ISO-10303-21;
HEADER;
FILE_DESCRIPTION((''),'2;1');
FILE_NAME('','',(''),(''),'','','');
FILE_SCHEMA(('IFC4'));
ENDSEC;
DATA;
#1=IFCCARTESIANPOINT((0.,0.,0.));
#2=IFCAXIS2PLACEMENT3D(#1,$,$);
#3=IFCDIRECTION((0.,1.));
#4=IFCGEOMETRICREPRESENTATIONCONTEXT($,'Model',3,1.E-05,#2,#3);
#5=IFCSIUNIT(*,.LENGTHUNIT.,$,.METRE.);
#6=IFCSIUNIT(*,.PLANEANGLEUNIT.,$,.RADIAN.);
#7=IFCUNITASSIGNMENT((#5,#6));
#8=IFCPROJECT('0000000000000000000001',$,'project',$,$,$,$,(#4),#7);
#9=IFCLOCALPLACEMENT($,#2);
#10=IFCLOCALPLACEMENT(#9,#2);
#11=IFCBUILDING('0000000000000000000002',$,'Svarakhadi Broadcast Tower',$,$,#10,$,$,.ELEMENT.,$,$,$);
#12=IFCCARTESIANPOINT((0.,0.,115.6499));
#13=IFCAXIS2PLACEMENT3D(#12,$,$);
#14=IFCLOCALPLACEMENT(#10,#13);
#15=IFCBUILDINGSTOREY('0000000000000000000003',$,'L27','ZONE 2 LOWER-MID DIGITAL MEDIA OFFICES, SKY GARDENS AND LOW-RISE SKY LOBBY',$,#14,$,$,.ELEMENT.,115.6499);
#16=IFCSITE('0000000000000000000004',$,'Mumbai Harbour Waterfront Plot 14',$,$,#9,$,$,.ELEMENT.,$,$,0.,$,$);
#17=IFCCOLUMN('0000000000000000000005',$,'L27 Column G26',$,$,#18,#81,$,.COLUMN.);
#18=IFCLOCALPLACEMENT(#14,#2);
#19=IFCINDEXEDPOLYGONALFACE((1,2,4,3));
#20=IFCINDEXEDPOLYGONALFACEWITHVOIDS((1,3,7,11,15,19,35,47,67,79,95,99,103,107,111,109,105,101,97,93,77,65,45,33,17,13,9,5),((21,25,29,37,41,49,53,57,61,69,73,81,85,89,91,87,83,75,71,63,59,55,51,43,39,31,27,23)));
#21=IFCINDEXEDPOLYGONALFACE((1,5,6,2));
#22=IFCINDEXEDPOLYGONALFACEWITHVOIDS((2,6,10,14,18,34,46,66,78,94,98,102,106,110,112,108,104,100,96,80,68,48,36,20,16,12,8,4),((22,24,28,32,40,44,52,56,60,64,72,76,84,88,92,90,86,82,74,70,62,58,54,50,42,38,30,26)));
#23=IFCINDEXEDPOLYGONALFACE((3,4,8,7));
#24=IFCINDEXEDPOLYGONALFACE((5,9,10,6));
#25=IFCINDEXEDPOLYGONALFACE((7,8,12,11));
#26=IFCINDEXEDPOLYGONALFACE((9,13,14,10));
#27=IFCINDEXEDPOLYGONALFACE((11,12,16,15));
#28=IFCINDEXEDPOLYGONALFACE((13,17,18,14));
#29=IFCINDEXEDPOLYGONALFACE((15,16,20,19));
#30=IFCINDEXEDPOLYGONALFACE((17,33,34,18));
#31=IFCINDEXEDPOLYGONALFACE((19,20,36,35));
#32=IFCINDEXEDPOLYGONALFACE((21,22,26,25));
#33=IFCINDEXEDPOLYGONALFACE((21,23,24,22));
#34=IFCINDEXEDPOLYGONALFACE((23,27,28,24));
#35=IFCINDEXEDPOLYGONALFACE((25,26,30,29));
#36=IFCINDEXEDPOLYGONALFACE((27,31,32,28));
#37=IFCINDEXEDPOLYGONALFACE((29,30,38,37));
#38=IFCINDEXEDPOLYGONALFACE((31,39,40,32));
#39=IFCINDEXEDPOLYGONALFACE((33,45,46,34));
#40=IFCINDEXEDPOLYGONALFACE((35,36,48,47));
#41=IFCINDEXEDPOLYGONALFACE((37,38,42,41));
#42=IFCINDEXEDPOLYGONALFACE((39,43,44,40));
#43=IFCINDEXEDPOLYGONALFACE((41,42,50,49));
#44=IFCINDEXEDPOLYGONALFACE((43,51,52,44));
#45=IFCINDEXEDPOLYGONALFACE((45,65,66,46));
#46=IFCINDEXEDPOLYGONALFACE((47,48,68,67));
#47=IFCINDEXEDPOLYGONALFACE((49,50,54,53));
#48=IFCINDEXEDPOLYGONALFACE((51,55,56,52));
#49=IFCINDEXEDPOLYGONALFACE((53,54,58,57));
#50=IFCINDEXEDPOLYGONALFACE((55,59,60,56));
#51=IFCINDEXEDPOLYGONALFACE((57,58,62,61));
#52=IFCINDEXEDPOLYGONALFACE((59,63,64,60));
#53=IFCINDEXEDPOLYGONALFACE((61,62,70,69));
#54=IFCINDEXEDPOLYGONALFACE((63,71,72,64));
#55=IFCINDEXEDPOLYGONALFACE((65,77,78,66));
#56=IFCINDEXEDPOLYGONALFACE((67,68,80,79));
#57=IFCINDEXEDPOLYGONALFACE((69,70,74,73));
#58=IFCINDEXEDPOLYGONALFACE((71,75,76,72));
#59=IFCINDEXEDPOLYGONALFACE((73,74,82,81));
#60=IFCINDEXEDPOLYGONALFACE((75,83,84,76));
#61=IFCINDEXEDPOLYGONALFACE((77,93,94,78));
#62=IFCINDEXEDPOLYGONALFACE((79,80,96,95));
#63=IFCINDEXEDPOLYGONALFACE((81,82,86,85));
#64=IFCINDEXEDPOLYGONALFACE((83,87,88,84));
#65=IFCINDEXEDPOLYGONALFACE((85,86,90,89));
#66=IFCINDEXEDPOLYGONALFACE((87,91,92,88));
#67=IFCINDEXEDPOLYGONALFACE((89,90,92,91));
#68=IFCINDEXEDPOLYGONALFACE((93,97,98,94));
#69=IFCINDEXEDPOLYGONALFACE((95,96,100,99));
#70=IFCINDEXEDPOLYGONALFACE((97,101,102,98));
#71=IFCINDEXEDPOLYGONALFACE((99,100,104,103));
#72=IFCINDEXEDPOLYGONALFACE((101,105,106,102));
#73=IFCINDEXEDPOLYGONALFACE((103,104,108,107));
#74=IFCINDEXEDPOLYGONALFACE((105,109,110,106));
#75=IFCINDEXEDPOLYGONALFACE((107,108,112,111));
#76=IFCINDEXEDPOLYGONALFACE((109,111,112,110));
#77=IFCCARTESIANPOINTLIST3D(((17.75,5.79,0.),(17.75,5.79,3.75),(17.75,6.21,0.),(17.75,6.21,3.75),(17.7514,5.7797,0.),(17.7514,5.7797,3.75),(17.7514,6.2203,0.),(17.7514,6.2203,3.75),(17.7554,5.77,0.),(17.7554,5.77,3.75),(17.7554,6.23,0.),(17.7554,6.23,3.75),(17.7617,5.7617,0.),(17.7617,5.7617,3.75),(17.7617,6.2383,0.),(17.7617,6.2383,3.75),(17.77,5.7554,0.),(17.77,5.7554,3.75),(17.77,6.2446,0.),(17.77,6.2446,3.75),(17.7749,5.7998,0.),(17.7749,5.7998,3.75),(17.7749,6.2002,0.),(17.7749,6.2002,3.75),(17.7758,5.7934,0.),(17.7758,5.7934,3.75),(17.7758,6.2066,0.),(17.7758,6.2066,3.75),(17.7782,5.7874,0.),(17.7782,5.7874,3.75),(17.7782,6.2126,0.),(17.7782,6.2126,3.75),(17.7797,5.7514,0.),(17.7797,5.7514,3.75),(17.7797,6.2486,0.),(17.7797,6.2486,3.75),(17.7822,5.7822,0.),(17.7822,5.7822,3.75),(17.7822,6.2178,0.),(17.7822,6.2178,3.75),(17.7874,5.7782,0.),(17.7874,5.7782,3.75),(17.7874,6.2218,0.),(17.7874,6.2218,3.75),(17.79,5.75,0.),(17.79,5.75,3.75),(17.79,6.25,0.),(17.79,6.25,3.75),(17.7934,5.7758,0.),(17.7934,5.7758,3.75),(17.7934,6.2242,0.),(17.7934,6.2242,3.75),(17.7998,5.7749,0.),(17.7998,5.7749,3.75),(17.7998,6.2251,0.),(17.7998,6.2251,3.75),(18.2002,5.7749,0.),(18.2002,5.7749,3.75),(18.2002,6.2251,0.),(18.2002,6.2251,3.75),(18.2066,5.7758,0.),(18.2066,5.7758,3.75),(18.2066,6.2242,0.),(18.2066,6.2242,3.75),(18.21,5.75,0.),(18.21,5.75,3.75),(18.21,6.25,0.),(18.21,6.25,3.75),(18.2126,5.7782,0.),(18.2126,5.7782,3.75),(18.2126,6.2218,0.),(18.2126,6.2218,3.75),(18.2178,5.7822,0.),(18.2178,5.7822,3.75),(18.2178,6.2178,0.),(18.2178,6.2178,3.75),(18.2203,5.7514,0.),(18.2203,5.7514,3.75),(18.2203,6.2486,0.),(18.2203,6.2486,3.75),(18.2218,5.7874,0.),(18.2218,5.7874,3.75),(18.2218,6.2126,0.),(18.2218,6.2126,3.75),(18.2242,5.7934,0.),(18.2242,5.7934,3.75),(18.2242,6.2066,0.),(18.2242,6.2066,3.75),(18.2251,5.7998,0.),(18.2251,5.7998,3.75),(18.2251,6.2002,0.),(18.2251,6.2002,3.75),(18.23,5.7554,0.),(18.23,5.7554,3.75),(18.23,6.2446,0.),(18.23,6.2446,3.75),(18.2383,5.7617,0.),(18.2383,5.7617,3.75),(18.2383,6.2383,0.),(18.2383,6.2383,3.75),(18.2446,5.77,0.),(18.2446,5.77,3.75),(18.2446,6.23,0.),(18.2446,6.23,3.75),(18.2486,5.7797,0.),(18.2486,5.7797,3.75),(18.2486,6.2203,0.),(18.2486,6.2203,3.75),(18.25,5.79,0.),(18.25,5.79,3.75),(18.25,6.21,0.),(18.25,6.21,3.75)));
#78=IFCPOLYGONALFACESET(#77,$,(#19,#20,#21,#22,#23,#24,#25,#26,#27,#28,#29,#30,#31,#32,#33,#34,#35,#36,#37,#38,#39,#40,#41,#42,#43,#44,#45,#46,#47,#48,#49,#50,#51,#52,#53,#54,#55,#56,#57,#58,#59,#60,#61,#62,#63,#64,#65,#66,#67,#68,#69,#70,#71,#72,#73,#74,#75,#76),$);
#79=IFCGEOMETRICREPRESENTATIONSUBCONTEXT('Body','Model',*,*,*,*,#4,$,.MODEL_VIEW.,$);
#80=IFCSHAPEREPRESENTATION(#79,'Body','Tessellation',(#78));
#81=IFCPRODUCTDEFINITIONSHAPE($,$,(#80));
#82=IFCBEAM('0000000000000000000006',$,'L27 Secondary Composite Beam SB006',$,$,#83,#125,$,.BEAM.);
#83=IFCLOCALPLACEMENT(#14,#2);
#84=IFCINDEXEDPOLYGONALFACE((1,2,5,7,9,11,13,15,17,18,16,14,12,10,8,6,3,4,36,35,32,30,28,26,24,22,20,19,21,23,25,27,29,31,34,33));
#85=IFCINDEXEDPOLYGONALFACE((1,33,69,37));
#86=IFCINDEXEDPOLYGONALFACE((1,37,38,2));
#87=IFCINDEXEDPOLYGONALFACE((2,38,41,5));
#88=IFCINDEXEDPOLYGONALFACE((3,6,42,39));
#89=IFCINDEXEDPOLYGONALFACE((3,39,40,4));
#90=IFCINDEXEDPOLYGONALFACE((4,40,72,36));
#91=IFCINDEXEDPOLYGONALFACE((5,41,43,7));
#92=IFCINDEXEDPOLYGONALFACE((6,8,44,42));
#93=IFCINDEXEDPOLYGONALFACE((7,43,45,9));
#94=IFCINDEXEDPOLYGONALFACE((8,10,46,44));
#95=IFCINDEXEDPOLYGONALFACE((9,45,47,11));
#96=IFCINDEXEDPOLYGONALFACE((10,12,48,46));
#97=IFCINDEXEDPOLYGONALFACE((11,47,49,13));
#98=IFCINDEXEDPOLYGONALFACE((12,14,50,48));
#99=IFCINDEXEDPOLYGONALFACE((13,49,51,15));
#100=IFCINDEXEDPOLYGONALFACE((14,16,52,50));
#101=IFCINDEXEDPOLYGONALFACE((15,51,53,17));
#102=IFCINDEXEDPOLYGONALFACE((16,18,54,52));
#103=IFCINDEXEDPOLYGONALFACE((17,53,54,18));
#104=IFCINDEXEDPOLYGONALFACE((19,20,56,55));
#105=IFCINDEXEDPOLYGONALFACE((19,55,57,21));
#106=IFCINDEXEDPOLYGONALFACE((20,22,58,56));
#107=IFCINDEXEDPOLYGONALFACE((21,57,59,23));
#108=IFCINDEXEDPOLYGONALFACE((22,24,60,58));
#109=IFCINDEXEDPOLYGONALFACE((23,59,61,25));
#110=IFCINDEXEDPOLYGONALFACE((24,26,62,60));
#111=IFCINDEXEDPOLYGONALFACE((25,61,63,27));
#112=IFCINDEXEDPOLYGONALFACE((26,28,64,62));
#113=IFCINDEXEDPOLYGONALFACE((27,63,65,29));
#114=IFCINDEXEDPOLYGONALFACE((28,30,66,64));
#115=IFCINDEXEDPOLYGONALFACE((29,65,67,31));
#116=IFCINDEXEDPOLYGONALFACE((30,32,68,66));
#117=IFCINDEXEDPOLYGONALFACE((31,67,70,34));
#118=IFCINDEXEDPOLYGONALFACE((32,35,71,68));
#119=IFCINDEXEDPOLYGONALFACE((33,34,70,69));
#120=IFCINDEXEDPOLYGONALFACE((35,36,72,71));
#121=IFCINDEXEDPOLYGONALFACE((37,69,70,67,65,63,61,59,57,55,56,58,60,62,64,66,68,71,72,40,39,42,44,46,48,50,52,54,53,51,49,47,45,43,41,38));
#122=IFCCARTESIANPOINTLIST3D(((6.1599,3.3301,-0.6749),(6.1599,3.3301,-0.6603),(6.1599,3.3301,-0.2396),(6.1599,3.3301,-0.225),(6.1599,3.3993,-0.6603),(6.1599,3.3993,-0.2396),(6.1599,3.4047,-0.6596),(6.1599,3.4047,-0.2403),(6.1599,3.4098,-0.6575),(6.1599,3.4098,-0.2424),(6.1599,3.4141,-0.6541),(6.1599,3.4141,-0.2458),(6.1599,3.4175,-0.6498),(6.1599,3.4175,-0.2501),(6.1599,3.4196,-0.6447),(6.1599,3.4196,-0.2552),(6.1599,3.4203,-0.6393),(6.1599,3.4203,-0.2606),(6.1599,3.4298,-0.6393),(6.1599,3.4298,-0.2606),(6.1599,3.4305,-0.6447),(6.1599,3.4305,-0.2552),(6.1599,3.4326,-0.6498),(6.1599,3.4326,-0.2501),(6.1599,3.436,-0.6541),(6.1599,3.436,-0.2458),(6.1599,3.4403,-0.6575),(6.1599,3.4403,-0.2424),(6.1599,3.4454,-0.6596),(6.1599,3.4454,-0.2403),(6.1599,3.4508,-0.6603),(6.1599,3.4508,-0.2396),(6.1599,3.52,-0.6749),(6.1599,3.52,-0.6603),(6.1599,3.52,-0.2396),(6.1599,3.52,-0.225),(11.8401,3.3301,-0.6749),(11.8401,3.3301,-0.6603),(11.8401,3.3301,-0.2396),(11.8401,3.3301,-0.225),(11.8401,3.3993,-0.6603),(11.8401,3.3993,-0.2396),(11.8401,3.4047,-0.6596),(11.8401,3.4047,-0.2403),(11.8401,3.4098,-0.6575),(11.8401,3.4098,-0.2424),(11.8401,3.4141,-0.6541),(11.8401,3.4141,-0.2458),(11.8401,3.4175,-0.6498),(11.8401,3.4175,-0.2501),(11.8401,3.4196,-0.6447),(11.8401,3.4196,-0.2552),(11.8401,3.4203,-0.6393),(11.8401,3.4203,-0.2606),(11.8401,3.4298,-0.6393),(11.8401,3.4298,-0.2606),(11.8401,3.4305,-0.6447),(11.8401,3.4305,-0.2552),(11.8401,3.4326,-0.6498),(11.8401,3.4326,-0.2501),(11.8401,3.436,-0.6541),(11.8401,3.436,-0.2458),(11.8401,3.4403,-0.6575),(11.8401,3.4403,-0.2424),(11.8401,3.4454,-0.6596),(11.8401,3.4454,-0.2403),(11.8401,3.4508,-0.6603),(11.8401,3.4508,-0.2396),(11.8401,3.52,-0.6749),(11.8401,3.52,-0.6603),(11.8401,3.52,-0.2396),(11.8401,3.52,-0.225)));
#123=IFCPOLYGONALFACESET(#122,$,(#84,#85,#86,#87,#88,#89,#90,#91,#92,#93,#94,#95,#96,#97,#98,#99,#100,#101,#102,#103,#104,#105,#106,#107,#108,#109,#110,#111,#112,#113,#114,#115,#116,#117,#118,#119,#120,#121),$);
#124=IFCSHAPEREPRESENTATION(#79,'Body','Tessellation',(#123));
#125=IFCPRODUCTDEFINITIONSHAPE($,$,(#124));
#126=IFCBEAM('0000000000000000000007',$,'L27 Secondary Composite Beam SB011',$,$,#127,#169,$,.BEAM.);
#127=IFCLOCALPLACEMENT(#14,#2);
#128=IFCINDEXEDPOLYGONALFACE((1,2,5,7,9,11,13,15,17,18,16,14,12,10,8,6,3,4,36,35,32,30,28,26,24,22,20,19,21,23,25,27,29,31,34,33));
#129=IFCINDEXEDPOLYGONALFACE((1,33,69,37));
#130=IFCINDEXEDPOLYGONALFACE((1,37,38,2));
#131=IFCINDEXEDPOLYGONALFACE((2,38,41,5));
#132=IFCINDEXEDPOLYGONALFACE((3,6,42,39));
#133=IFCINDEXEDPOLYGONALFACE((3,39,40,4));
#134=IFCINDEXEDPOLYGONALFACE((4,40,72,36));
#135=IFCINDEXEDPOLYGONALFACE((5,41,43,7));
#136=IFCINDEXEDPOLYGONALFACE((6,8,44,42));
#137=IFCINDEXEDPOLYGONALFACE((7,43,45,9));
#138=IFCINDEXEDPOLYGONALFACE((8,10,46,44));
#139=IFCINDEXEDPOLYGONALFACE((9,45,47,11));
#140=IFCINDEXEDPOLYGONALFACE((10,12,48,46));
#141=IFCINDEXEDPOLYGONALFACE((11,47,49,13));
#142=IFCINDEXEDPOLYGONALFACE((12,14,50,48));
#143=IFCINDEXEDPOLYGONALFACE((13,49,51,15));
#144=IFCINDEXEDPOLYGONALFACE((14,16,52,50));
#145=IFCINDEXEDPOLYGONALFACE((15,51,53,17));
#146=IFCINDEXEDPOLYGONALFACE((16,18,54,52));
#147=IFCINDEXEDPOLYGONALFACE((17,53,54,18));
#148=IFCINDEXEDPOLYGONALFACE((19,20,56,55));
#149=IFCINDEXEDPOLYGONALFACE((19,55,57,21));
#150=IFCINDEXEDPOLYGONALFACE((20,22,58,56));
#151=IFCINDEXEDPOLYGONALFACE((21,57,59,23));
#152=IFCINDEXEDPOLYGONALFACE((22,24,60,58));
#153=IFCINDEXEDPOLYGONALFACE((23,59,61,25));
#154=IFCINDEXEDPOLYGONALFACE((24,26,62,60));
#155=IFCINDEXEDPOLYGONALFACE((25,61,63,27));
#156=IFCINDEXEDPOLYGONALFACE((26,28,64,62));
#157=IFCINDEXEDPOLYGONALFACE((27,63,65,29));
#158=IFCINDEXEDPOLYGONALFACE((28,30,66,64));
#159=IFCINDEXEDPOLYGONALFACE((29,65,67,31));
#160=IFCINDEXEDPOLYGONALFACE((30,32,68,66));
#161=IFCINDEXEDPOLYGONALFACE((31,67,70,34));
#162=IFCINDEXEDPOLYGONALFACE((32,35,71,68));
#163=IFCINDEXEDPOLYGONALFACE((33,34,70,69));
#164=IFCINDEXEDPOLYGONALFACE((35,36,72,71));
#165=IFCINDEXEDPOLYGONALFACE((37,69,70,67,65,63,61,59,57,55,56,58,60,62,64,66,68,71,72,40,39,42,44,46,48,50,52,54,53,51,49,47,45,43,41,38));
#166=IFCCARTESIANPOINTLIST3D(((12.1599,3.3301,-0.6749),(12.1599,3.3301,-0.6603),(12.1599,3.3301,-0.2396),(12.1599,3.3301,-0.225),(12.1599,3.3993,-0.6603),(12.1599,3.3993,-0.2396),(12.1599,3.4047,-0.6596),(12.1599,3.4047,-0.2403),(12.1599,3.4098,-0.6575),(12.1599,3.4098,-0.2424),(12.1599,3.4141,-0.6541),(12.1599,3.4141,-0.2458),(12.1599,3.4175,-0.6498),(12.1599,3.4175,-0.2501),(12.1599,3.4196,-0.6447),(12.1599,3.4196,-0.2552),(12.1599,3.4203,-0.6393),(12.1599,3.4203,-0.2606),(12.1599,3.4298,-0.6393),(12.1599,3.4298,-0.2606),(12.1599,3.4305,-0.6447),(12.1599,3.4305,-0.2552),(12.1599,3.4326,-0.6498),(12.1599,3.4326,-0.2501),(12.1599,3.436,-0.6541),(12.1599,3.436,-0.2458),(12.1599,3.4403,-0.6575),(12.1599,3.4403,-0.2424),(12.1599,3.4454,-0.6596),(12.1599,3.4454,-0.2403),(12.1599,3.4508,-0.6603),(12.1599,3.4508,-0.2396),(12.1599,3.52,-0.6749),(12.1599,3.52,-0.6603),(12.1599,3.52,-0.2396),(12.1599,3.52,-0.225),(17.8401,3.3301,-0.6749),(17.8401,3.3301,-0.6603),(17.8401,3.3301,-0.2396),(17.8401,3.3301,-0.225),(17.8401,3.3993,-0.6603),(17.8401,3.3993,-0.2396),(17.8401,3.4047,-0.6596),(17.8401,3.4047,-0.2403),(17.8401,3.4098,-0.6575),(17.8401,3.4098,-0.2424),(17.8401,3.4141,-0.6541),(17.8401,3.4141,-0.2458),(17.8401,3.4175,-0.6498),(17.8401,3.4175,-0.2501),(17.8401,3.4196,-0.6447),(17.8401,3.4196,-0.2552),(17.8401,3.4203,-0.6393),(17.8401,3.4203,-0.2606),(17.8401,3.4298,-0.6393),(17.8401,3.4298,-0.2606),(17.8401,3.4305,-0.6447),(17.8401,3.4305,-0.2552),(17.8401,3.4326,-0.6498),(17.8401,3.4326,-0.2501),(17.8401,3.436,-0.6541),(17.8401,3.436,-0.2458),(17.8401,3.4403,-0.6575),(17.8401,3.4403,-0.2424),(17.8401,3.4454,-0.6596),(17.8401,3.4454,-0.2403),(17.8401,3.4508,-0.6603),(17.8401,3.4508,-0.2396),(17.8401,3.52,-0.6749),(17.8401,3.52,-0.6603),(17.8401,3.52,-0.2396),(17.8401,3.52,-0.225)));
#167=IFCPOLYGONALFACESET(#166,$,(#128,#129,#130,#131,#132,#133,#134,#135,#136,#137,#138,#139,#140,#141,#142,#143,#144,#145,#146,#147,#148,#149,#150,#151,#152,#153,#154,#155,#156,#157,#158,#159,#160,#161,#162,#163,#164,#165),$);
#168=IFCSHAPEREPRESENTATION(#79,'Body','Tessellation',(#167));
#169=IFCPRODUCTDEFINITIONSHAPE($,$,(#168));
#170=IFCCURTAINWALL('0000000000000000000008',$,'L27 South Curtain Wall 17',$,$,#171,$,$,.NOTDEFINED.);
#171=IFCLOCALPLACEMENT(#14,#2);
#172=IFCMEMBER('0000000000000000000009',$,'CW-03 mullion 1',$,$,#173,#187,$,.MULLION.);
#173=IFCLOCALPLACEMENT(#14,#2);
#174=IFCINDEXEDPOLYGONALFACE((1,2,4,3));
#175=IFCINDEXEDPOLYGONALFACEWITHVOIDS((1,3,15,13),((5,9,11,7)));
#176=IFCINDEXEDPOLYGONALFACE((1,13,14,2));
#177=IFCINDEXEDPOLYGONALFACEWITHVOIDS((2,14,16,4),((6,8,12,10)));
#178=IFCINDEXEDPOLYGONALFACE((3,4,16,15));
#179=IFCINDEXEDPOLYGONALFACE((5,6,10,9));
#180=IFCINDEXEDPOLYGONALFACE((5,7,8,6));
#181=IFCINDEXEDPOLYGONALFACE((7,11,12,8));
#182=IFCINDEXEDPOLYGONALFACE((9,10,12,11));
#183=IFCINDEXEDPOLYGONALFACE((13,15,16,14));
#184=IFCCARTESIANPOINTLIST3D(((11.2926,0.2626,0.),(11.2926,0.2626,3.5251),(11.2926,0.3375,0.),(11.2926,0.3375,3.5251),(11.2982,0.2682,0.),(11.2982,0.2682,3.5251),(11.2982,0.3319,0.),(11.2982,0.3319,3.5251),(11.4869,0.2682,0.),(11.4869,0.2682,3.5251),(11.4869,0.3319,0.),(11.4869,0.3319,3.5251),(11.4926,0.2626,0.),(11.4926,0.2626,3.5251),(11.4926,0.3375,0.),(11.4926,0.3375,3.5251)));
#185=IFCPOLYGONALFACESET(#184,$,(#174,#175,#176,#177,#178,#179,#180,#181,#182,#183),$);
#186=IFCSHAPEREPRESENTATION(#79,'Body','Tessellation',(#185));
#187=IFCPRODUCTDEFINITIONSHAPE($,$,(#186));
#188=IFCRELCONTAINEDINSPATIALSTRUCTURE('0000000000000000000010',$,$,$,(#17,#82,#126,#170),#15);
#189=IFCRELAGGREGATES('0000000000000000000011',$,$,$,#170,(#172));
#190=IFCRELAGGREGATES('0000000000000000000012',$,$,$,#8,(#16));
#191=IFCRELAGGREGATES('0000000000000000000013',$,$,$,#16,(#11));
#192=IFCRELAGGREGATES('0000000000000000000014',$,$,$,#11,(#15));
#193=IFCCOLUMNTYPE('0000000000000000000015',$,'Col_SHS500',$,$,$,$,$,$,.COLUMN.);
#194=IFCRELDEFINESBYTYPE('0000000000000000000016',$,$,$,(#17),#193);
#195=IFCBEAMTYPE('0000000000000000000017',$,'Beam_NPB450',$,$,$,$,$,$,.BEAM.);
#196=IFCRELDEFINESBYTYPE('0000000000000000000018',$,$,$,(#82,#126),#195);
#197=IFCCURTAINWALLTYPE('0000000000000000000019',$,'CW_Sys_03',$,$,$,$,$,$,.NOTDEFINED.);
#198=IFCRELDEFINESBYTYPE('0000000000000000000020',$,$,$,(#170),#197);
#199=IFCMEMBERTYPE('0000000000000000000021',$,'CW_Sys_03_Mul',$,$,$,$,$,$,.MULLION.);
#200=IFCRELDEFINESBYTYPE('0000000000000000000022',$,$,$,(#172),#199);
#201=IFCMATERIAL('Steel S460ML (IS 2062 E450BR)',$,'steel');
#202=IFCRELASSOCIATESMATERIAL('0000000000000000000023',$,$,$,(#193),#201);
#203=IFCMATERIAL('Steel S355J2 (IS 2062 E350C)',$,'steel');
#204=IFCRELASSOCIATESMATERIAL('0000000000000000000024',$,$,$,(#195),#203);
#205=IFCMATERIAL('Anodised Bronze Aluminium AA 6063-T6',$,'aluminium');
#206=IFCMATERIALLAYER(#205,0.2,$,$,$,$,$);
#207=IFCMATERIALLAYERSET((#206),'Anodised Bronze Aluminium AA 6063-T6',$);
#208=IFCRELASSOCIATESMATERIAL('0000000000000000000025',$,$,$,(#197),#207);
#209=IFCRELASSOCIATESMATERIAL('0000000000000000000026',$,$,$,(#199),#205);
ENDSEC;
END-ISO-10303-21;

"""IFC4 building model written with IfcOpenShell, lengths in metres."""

from ifc_helpers import new_model, si_unit, direction, frame, origin, origin_2d, place, context, subcontext, project, spatial, hollow_rectangle, i_section, extrude, material, layer, layer_set, material_profile, profile_set, type_object, element, aggregate, save


model = new_model("IFC4")

# Units and contexts
model_context = context("Model", 3, precision=1e-05, world=origin(), true_north=direction((0.0, 1.0)))
body_context = subcontext(model_context, "Body", "Model", "MODEL_VIEW")
ifc_project = project(units=[si_unit("LENGTHUNIT", "METRE"), si_unit("PLANEANGLEUNIT", "RADIAN")], contexts=[model_context])

# Site, building, storey
site_placement = place(None, origin())
site = spatial("IfcSite", under=ifc_project, at=site_placement, Name="Mumbai Harbour Waterfront Plot 14", CompositionType="ELEMENT", RefElevation=0.0)
building_placement = place(site_placement, origin())
building = spatial("IfcBuilding", under=site, at=building_placement, Name="Svarakhadi Broadcast Tower", CompositionType="ELEMENT")
storey_placement = place(building_placement, frame((0.0, 0.0, 115.6499)))
storey = spatial("IfcBuildingStorey", under=building, at=storey_placement, Name="L27", Description="ZONE 2 LOWER-MID DIGITAL MEDIA OFFICES, SKY GARDENS AND LOW-RISE SKY LOBBY", CompositionType="ELEMENT", Elevation=115.6499)

# Column
ifc_material_1 = material(Name="Steel S460ML (IS 2062 E450BR)", Category="steel")
ifc_material_profile_1 = material_profile(ifc_material_1, hollow_rectangle(XDim=0.5, YDim=0.5, WallThickness=0.0249, InnerFilletRadius=0.0249, OuterFilletRadius=0.04, at=origin_2d()), Name="SHS 500x500x25")
ifc_profile_set_1 = profile_set([ifc_material_profile_1], Name="Steel S460ML (IS 2062 E450BR)")
column_type_1 = type_object("IfcColumnType", Name="Col_SHS500", PredefinedType="COLUMN", material=ifc_profile_set_1)
for number, where, z_axis, x_axis, name in (
    (1, (18.0, 6.0, 0.0), (0.0, 0.0, 1.0), (1.0, 0.0, 0.0), "L27 Column G26"),
):
    element("IfcColumn", number, at=place(storey_placement, frame(where, z_axis=z_axis, x_axis=x_axis)), inside=storey, type_object=column_type_1, Name=name, PredefinedType="COLUMN", context=body_context, shape_type="SweptSolid", body=[
        extrude(hollow_rectangle(XDim=0.5, YDim=0.5, WallThickness=0.0249, InnerFilletRadius=0.0249, OuterFilletRadius=0.04, at=origin_2d()), origin(), (0.0, 0.0, 1.0), 3.75),
    ])

# Beams
ifc_material_2 = material(Name="Steel S355J2 (IS 2062 E350C)", Category="steel")
ifc_material_profile_2 = material_profile(ifc_material_2, i_section(OverallWidth=0.1899, OverallDepth=0.45, WebThickness=0.0095, FlangeThickness=0.0146, FilletRadius=0.021, at=origin_2d()), Name="NPB 450x190x78")
ifc_profile_set_2 = profile_set([ifc_material_profile_2], Name="Steel S355J2 (IS 2062 E350C)")
beam_type_1 = type_object("IfcBeamType", Name="Beam_NPB450", PredefinedType="BEAM", material=ifc_profile_set_2)
for number, where, z_axis, x_axis, name in (
    (2, (6.1599, 3.425, -0.45), (1.0, 0.0, 0.0), (0.0, 1.0, 0.0), "L27 Secondary Composite Beam SB006"),
    (3, (12.1599, 3.425, -0.45), (1.0, 0.0, 0.0), (0.0, 1.0, 0.0), "L27 Secondary Composite Beam SB011"),
):
    element("IfcBeam", number, at=place(storey_placement, frame(where, z_axis=z_axis, x_axis=x_axis)), inside=storey, type_object=beam_type_1, Name=name, PredefinedType="BEAM", context=body_context, shape_type="SweptSolid", body=[
        extrude(i_section(OverallWidth=0.1899, OverallDepth=0.45, WebThickness=0.0095, FlangeThickness=0.0146, FilletRadius=0.021, at=origin_2d()), origin(), (0.0, 0.0, 1.0), 5.6802),
    ])

# Curtain wall, member
ifc_material_3 = material(Name="Anodised Bronze Aluminium AA 6063-T6", Category="aluminium")
ifc_layer_1 = layer(ifc_material_3, 0.2)
ifc_layer_set_1 = layer_set([ifc_layer_1], Name="Anodised Bronze Aluminium AA 6063-T6")
curtain_wall_type = type_object("IfcCurtainWallType", Name="CW_Sys_03", PredefinedType="NOTDEFINED", material=ifc_layer_set_1)
curtain_wall_placement = place(storey_placement, origin())
curtain_wall = element("IfcCurtainWall", 4, at=curtain_wall_placement, inside=storey, type_object=curtain_wall_type, Name="L27 South Curtain Wall 17", PredefinedType="NOTDEFINED")
ifc_material_profile_3 = material_profile(ifc_material_3, hollow_rectangle(XDim=0.075, YDim=0.2, WallThickness=0.0056, at=origin_2d()), Name="ALU MULLION 200x75x6")
ifc_profile_set_3 = profile_set([ifc_material_profile_3], Name="Anodised Bronze Aluminium AA 6063-T6")
member_type_1 = type_object("IfcMemberType", Name="CW_Sys_03_Mul", PredefinedType="MULLION", material=ifc_profile_set_3)
member_1_placement = place(storey_placement, frame((11.3926, 0.3, 0.0), z_axis=(0.0, 0.0, 1.0), x_axis=(0.0, -1.0, 0.0)))
member_1 = element("IfcMember", 5, at=member_1_placement, type_object=member_type_1, Name="CW-03 mullion 1", PredefinedType="MULLION", context=body_context, shape_type="SweptSolid", body=[
    extrude(hollow_rectangle(XDim=0.075, YDim=0.2, WallThickness=0.0056, at=origin_2d()), origin(), (0.0, 0.0, 1.0), 3.5251),
])

aggregate(curtain_wall, [member_1])

save(model, "model.ifc")
